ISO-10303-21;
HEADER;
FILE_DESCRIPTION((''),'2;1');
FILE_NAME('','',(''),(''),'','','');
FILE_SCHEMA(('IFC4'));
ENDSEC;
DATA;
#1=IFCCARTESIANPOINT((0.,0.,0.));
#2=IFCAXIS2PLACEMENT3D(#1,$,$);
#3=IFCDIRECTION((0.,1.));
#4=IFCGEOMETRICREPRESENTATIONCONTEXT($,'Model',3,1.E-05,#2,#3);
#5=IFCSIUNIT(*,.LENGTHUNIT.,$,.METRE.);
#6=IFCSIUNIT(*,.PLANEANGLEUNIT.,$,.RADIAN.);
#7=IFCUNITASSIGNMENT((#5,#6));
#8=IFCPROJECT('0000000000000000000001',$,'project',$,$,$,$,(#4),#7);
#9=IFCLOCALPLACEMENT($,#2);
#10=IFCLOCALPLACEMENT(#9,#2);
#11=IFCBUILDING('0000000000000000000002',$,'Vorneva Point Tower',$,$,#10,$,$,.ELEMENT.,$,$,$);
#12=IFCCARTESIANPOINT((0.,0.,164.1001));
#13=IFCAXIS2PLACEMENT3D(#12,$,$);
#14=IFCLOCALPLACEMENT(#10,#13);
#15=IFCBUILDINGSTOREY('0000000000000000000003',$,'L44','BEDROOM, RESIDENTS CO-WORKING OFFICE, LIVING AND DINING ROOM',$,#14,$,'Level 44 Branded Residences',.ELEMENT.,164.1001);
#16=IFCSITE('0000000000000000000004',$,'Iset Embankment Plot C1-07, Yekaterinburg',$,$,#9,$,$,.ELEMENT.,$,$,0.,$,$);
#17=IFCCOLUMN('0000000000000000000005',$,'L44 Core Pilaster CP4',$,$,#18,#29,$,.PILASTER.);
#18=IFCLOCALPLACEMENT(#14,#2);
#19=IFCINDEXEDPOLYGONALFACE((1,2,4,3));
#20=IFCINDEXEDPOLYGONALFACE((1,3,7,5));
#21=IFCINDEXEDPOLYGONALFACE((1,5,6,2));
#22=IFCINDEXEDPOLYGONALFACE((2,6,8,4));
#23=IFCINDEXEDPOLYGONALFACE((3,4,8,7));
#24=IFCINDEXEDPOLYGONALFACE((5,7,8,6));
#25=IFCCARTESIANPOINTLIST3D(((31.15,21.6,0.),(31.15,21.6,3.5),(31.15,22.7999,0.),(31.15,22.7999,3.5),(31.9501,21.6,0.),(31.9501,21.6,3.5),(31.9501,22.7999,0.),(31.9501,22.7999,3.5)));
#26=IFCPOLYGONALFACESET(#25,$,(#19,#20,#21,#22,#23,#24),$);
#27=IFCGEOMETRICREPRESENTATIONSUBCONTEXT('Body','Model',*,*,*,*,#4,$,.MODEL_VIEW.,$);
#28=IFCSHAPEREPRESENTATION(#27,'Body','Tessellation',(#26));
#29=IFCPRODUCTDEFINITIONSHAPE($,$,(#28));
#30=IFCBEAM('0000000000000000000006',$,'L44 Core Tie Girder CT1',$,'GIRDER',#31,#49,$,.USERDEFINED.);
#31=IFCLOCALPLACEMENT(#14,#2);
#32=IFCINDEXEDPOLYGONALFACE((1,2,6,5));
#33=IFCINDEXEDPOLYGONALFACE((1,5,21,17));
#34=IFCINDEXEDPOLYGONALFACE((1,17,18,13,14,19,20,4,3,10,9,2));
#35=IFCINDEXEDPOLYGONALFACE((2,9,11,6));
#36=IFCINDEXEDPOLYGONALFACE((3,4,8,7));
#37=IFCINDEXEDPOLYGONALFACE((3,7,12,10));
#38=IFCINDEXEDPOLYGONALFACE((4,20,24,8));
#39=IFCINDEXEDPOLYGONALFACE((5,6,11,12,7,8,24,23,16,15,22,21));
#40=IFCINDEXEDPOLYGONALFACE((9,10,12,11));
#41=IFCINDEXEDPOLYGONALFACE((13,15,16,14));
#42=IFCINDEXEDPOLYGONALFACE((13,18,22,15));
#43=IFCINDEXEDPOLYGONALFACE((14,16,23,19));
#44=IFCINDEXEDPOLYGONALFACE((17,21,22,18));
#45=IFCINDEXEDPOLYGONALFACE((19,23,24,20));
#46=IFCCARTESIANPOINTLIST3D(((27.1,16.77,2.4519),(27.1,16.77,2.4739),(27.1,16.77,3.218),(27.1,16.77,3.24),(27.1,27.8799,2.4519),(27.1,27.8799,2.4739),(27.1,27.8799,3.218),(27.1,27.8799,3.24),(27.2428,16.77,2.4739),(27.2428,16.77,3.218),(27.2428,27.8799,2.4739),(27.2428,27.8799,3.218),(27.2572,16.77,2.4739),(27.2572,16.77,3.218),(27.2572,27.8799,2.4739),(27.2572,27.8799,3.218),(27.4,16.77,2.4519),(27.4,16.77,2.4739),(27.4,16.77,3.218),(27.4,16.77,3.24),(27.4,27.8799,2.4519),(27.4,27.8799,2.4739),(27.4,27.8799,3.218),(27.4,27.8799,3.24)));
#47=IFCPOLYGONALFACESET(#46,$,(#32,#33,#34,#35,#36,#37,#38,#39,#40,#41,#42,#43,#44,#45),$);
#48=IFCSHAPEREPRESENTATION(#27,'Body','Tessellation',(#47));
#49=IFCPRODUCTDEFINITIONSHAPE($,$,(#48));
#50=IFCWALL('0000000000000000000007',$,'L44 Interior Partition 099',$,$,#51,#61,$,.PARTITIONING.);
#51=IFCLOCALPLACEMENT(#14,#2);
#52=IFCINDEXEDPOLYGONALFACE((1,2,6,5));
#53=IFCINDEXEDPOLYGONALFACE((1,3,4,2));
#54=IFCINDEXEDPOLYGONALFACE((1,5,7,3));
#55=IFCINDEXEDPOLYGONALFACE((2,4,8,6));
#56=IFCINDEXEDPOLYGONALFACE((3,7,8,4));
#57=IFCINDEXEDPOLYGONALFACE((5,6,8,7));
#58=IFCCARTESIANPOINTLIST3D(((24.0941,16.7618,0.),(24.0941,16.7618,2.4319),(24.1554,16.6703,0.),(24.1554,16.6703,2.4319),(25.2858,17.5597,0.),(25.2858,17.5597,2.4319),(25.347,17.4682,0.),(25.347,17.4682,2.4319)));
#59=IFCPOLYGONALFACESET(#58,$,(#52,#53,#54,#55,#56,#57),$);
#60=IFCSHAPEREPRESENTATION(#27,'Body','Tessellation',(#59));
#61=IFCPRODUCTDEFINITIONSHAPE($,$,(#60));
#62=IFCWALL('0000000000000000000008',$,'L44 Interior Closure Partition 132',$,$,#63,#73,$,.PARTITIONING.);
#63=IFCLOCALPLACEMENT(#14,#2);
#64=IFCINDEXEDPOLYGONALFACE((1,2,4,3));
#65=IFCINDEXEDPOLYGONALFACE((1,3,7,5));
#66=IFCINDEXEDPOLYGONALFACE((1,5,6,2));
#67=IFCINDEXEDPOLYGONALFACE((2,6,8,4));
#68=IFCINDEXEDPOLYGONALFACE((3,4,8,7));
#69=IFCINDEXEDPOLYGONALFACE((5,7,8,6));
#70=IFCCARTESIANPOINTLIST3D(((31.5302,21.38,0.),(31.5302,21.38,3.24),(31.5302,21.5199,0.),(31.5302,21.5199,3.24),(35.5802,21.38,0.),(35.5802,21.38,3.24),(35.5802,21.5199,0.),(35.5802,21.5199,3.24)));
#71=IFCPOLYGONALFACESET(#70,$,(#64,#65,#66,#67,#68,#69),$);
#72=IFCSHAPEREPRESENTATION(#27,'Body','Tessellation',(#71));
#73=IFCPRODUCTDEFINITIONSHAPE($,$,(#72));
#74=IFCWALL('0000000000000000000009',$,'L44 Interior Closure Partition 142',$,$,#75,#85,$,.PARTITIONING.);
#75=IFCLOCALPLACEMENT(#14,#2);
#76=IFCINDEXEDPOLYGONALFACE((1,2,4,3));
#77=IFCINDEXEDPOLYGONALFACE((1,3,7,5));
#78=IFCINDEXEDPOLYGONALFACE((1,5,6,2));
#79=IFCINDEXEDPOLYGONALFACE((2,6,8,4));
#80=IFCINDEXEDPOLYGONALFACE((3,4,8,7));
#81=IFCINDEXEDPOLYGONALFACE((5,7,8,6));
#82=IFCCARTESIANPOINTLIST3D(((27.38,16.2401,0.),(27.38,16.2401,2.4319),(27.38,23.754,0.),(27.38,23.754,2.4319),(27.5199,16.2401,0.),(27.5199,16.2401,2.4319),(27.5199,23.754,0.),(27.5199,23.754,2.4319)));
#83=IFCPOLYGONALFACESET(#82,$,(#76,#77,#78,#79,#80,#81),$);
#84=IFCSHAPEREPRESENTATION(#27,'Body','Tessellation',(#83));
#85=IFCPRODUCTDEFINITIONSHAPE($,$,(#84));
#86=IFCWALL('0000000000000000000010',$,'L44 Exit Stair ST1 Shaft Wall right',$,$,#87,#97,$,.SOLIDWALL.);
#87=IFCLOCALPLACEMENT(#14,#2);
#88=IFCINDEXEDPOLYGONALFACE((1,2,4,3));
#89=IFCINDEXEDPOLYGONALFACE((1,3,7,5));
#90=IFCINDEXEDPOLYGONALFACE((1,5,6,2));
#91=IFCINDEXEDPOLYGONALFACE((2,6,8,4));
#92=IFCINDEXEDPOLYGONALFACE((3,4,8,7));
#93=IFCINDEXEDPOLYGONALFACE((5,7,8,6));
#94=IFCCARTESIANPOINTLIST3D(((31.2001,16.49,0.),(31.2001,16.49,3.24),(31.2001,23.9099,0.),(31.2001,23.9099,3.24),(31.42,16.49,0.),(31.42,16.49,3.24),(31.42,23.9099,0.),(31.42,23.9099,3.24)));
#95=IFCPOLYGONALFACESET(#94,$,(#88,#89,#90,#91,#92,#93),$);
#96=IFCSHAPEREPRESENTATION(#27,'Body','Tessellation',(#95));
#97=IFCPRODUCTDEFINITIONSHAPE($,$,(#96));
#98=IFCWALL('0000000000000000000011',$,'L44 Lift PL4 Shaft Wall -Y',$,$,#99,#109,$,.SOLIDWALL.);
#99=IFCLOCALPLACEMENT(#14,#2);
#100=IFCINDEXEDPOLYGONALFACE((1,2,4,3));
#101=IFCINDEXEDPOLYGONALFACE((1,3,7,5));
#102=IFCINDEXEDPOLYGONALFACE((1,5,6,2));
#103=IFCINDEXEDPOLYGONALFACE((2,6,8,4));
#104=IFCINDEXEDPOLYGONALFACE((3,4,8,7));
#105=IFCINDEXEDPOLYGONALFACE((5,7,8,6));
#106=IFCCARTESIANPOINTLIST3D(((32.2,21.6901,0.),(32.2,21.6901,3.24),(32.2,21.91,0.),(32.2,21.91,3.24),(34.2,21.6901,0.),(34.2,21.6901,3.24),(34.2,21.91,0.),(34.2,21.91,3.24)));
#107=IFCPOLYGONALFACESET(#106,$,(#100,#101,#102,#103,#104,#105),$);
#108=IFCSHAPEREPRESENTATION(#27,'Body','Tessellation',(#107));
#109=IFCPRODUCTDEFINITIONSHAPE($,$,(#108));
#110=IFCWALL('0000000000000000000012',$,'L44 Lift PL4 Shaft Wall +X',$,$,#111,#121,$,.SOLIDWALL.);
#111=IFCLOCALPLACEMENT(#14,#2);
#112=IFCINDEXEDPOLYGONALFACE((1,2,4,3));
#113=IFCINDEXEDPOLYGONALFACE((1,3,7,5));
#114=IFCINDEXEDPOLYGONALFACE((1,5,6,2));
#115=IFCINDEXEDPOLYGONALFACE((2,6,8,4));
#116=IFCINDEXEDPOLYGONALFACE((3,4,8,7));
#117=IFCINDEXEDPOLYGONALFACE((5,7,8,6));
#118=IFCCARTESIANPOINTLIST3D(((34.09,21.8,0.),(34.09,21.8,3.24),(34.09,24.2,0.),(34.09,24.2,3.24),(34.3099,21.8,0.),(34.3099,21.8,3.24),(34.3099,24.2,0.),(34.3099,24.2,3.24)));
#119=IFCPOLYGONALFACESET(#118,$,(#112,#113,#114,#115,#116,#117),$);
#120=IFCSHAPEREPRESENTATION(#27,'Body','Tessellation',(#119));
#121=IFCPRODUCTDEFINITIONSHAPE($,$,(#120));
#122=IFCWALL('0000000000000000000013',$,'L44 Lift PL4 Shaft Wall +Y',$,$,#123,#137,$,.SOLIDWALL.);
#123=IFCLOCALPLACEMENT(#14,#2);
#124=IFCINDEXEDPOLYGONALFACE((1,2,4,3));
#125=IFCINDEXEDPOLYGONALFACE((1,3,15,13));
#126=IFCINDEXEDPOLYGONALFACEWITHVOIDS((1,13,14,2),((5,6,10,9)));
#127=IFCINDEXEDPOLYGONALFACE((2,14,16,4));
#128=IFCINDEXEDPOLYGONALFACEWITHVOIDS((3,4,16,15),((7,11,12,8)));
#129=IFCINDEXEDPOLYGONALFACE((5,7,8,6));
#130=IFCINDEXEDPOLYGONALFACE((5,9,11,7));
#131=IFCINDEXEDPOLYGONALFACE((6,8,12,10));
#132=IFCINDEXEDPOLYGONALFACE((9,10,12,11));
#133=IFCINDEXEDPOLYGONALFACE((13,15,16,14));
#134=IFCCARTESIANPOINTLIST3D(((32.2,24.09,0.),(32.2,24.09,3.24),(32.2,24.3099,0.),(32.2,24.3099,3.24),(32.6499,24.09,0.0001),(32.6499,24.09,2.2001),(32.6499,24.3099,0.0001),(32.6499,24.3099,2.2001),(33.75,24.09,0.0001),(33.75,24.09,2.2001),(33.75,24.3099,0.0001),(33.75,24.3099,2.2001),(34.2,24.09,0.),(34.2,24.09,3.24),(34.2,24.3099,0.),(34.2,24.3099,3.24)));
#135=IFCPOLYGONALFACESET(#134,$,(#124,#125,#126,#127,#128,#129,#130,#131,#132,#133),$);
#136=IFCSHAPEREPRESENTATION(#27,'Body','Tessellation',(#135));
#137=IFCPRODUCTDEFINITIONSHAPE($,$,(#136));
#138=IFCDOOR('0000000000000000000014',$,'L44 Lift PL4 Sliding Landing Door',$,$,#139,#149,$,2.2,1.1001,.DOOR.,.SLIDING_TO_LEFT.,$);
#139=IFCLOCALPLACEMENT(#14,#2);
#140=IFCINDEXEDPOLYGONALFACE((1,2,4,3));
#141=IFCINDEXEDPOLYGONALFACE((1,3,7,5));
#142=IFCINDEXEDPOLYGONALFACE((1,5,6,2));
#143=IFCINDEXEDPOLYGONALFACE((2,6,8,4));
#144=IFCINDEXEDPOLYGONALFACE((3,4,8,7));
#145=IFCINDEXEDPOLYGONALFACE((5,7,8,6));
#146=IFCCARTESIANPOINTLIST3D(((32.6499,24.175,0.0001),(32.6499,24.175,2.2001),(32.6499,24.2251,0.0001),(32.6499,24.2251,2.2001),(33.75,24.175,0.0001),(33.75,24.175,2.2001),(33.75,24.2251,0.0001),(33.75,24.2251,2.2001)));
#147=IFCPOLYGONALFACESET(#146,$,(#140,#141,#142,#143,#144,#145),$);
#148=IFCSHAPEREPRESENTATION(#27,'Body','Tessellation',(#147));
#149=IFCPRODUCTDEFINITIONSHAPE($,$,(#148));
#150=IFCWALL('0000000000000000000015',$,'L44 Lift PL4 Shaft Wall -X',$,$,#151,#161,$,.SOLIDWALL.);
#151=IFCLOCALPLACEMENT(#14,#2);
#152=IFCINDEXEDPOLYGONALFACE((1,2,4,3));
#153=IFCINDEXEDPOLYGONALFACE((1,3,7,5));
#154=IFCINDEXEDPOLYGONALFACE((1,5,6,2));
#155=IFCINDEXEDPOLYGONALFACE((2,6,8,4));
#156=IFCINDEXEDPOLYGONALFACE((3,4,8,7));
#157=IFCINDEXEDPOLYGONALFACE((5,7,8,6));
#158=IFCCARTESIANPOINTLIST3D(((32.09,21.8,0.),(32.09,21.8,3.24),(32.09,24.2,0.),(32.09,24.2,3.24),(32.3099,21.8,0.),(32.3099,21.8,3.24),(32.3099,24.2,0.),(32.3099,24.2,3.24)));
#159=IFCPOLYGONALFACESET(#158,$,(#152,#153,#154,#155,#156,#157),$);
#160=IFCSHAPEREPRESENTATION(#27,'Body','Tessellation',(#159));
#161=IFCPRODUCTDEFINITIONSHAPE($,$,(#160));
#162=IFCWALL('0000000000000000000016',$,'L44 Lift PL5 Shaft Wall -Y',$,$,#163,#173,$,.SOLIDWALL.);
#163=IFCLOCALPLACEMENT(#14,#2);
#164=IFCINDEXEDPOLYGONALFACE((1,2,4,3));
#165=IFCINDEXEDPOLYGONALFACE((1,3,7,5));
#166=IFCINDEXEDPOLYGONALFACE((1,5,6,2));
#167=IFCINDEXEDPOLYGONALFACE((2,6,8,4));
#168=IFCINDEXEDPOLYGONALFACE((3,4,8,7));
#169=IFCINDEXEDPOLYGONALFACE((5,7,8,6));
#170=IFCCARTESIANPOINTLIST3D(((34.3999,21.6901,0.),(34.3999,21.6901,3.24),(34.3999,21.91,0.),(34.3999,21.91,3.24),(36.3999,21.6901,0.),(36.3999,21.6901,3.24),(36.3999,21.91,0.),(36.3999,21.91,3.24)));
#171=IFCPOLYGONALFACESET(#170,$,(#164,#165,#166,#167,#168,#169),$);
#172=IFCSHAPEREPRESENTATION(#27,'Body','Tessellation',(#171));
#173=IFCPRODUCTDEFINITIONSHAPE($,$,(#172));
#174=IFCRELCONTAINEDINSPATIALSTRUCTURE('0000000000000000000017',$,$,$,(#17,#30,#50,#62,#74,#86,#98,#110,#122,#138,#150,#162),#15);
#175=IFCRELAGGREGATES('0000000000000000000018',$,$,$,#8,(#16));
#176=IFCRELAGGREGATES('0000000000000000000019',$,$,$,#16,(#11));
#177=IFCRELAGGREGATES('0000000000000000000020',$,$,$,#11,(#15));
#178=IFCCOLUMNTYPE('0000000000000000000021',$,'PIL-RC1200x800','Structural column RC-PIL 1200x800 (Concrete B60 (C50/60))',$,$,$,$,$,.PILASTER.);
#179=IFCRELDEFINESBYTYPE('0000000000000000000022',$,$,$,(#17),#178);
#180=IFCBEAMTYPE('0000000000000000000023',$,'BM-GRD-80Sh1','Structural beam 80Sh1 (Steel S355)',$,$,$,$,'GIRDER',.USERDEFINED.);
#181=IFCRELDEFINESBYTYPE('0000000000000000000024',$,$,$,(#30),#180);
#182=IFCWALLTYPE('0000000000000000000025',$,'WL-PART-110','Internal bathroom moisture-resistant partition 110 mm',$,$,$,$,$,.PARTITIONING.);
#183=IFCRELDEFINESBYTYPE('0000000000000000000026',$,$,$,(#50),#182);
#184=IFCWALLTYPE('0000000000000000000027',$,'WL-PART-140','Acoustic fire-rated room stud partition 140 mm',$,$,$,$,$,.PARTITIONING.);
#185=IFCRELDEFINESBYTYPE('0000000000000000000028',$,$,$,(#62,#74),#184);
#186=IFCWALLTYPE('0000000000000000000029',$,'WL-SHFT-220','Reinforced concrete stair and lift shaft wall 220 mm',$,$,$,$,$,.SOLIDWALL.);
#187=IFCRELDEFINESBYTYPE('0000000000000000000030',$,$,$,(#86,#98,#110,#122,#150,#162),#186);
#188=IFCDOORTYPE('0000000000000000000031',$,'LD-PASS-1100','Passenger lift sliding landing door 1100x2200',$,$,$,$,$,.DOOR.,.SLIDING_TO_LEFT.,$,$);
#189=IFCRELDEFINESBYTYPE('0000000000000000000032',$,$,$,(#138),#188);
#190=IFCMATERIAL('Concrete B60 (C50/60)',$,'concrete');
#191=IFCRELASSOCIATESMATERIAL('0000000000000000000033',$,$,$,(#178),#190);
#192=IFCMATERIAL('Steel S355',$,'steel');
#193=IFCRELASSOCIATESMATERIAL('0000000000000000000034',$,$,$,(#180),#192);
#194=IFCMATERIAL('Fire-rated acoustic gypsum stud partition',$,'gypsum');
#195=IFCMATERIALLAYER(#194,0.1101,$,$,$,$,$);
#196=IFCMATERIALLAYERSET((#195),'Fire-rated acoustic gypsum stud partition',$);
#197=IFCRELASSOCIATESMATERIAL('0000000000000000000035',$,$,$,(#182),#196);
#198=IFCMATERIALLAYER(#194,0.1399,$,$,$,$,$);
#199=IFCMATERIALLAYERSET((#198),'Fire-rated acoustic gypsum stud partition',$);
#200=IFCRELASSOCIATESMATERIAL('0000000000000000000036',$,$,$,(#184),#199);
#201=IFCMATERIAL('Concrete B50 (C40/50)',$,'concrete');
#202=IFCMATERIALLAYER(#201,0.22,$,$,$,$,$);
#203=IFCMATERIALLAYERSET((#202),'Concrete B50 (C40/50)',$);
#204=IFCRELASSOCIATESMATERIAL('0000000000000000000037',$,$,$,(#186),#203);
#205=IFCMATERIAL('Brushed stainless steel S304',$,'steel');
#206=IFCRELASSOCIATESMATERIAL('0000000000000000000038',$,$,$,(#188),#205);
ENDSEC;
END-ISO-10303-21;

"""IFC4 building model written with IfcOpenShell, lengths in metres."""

from ifc_helpers import new_model, si_unit, direction, frame, frame_2d, origin, origin_2d, place, context, subcontext, project, spatial, rectangle, i_section, extrude, material, layer, layer_set, material_profile, profile_set, type_object, element, fill, save


model = new_model("IFC4")

# Units and contexts
model_context = context("Model", 3, precision=1e-05, world=origin(), true_north=direction((0.0, 1.0)))
body_context = subcontext(model_context, "Body", "Model", "MODEL_VIEW")
ifc_project = project(units=[si_unit("LENGTHUNIT", "METRE"), si_unit("PLANEANGLEUNIT", "RADIAN")], contexts=[model_context])

# Site, building, storey
site_placement = place(None, origin())
site = spatial("IfcSite", under=ifc_project, at=site_placement, Name="Iset Embankment Plot C1-07, Yekaterinburg", CompositionType="ELEMENT", RefElevation=0.0)
building_placement = place(site_placement, origin())
building = spatial("IfcBuilding", under=site, at=building_placement, Name="Vorneva Point Tower", CompositionType="ELEMENT")
storey_placement = place(building_placement, frame((0.0, 0.0, 164.1001)))
storey = spatial("IfcBuildingStorey", under=building, at=storey_placement, Name="L44", Description="BEDROOM, RESIDENTS CO-WORKING OFFICE, LIVING AND DINING ROOM", LongName="Level 44 Branded Residences", CompositionType="ELEMENT", Elevation=164.1001)

# Column
ifc_material_1 = material(Name="Concrete B60 (C50/60)", Category="concrete")
ifc_material_profile_1 = material_profile(ifc_material_1, rectangle(XDim=0.8, YDim=1.2, at=origin_2d()), Name="RC-PIL 1200x800")
ifc_profile_set_1 = profile_set([ifc_material_profile_1], Name="Concrete B60 (C50/60)")
column_type = type_object("IfcColumnType", Name="PIL-RC1200x800", Description="Structural column RC-PIL 1200x800 (Concrete B60 (C50/60))", PredefinedType="PILASTER", material=ifc_profile_set_1)
column_placement = place(storey_placement, frame((31.55, 22.2, 0.0), z_axis=(0.0, 0.0, 1.0), x_axis=(1.0, 0.0, 0.0)))
element("IfcColumn", 1, at=column_placement, inside=storey, type_object=column_type, Name="L44 Core Pilaster CP4", PredefinedType="PILASTER", context=body_context, shape_type="SweptSolid", body=[
    extrude(rectangle(XDim=0.8, YDim=1.2, at=origin_2d()), origin(), (0.0, 0.0, 1.0), 3.5),
])

# Beam
ifc_material_2 = material(Name="Steel S355", Category="steel")
ifc_material_profile_2 = material_profile(ifc_material_2, i_section(OverallWidth=0.3, OverallDepth=0.7881, WebThickness=0.0144, FlangeThickness=0.022, at=origin_2d()), Name="80Sh1")
ifc_profile_set_2 = profile_set([ifc_material_profile_2], Name="Steel S355")
beam_type = type_object("IfcBeamType", Name="BM-GRD-80Sh1", Description="Structural beam 80Sh1 (Steel S355)", ElementType="GIRDER", PredefinedType="USERDEFINED", material=ifc_profile_set_2)
beam_placement = place(storey_placement, frame((27.25, 16.77, 2.8459), z_axis=(0.0, 1.0, 0.0), x_axis=(-1.0, 0.0, 0.0)))
element("IfcBeam", 2, at=beam_placement, inside=storey, type_object=beam_type, Name="L44 Core Tie Girder CT1", ObjectType="GIRDER", PredefinedType="USERDEFINED", context=body_context, shape_type="SweptSolid", body=[
    extrude(i_section(OverallWidth=0.3, OverallDepth=0.7881, WebThickness=0.0144, FlangeThickness=0.022, at=origin_2d()), origin(), (0.0, 0.0, 1.0), 11.1099),
])

# Walls
ifc_material_3 = material(Name="Fire-rated acoustic gypsum stud partition", Category="gypsum")
ifc_layer_1 = layer(ifc_material_3, 0.1101)
ifc_layer_set_1 = layer_set([ifc_layer_1], Name="Fire-rated acoustic gypsum stud partition")
wall_type_1 = type_object("IfcWallType", Name="WL-PART-110", Description="Internal bathroom moisture-resistant partition 110 mm", PredefinedType="PARTITIONING", material=ifc_layer_set_1)
wall_1_placement = place(storey_placement, frame((25.3164, 17.5139, 0.0), z_axis=(0.0, 0.0, 1.0), x_axis=(-0.830949, -0.556349, 0.0)))
element("IfcWall", 3, at=wall_1_placement, inside=storey, type_object=wall_type_1, Name="L44 Interior Partition 099", PredefinedType="PARTITIONING", context=body_context, shape_type="SweptSolid", body=[
    extrude(rectangle(XDim=1.4341, YDim=0.1101, at=frame_2d((0.717, 0.0))), origin(), (0.0, 0.0, 1.0), 2.4319),
])
ifc_layer_2 = layer(ifc_material_3, 0.1399)
ifc_layer_set_2 = layer_set([ifc_layer_2], Name="Fire-rated acoustic gypsum stud partition")
wall_type_2 = type_object("IfcWallType", Name="WL-PART-140", Description="Acoustic fire-rated room stud partition 140 mm", PredefinedType="PARTITIONING", material=ifc_layer_set_2)
wall_2_placement = place(storey_placement, frame((35.5801, 21.45, 0.0), z_axis=(0.0, 0.0, 1.0), x_axis=(-1.0, 0.0, 0.0)))
element("IfcWall", 4, at=wall_2_placement, inside=storey, type_object=wall_type_2, Name="L44 Interior Closure Partition 132", PredefinedType="PARTITIONING", context=body_context, shape_type="SweptSolid", body=[
    extrude(rectangle(XDim=4.05, YDim=0.1399, at=frame_2d((2.0249, 0.0))), origin(), (0.0, 0.0, 1.0), 3.24),
])
wall_3_placement = place(storey_placement, frame((27.45, 23.7539, 0.0), z_axis=(0.0, 0.0, 1.0), x_axis=(0.0, -1.0, 0.0)))
element("IfcWall", 5, at=wall_3_placement, inside=storey, type_object=wall_type_2, Name="L44 Interior Closure Partition 142", PredefinedType="PARTITIONING", context=body_context, shape_type="SweptSolid", body=[
    extrude(rectangle(XDim=7.5139, YDim=0.1399, at=frame_2d((3.7568, 0.0))), origin(), (0.0, 0.0, 1.0), 2.4319),
])

# Shared definitions
ifc_material_4 = material(Name="Concrete B50 (C40/50)", Category="concrete")
ifc_layer_3 = layer(ifc_material_4, 0.22)
ifc_layer_set_3 = layer_set([ifc_layer_3], Name="Concrete B50 (C40/50)")
wall_type_3 = type_object("IfcWallType", Name="WL-SHFT-220", Description="Reinforced concrete stair and lift shaft wall 220 mm", PredefinedType="SOLIDWALL", material=ifc_layer_set_3)

# Walls
wall_4_placement = place(storey_placement, frame((31.3101, 23.9099, 0.0), z_axis=(0.0, 0.0, 1.0), x_axis=(0.0, -1.0, 0.0)))
element("IfcWall", 6, at=wall_4_placement, inside=storey, type_object=wall_type_3, Name="L44 Exit Stair ST1 Shaft Wall right", PredefinedType="SOLIDWALL", context=body_context, shape_type="SweptSolid", body=[
    extrude(rectangle(XDim=7.4199, YDim=0.22, at=frame_2d((3.71, 0.0))), origin(), (0.0, 0.0, 1.0), 3.24),
])
wall_5_placement = place(storey_placement, frame((32.2, 21.8, 0.0), z_axis=(0.0, 0.0, 1.0), x_axis=(1.0, 0.0, 0.0)))
element("IfcWall", 7, at=wall_5_placement, inside=storey, type_object=wall_type_3, Name="L44 Lift PL4 Shaft Wall -Y", PredefinedType="SOLIDWALL", context=body_context, shape_type="SweptSolid", body=[
    extrude(rectangle(XDim=2.0, YDim=0.22, at=frame_2d((1.0, 0.0))), origin(), (0.0, 0.0, 1.0), 3.24),
])
wall_6_placement = place(storey_placement, frame((34.2, 21.8, 0.0), z_axis=(0.0, 0.0, 1.0), x_axis=(0.0, 1.0, 0.0)))
element("IfcWall", 8, at=wall_6_placement, inside=storey, type_object=wall_type_3, Name="L44 Lift PL4 Shaft Wall +X", PredefinedType="SOLIDWALL", context=body_context, shape_type="SweptSolid", body=[
    extrude(rectangle(XDim=2.3999, YDim=0.22, at=frame_2d((1.2, 0.0))), origin(), (0.0, 0.0, 1.0), 3.24),
])

# Wall, opening, door
wall_7_placement = place(storey_placement, frame((34.2, 24.2, 0.0), z_axis=(0.0, 0.0, 1.0), x_axis=(-1.0, 0.0, 0.0)))
wall_7 = element("IfcWall", 9, at=wall_7_placement, inside=storey, type_object=wall_type_3, Name="L44 Lift PL4 Shaft Wall +Y", PredefinedType="SOLIDWALL", context=body_context, shape_type="SweptSolid", body=[
    extrude(rectangle(XDim=2.0, YDim=0.22, at=frame_2d((1.0, 0.0))), origin(), (0.0, 0.0, 1.0), 3.24),
])
opening_1_placement = place(wall_7_placement, frame((0.45, 0.0, 0.0)))
opening_1 = element("IfcOpeningElement", 10, at=opening_1_placement, cuts=wall_7, PredefinedType="OPENING", context=body_context, shape_type="SweptSolid", body=[
    extrude(rectangle(XDim=1.1001, YDim=2.2, at=frame_2d((0.55, 1.1001))), frame((0.0, 0.125, 0.0), z_axis=(0.0, -1.0, 0.0), x_axis=(1.0, 0.0, 0.0)), (0.0, 0.0, 1.0), 0.2498),
])
ifc_material_5 = material(Name="Brushed stainless steel S304", Category="steel")
door_type_1 = type_object("IfcDoorType", Name="LD-PASS-1100", Description="Passenger lift sliding landing door 1100x2200", OperationType="SLIDING_TO_LEFT", PredefinedType="DOOR", material=ifc_material_5)
door_1_placement = place(opening_1_placement, origin())
door_1 = element("IfcDoor", 11, at=door_1_placement, inside=storey, type_object=door_type_1, Name="L44 Lift PL4 Sliding Landing Door", OperationType="SLIDING_TO_LEFT", OverallHeight=2.2, OverallWidth=1.1001, PredefinedType="DOOR", context=body_context, shape_type="SweptSolid", body=[
    extrude(rectangle(XDim=1.1001, YDim=2.2, at=frame_2d((0.55, 1.1001))), frame((0.0, 0.0249, 0.0), z_axis=(0.0, -1.0, 0.0), x_axis=(1.0, 0.0, 0.0)), (0.0, 0.0, 1.0), 0.05),
])
fill(opening_1, door_1)

# Walls
wall_8_placement = place(storey_placement, frame((32.2, 24.2, 0.0), z_axis=(0.0, 0.0, 1.0), x_axis=(0.0, -1.0, 0.0)))
element("IfcWall", 12, at=wall_8_placement, inside=storey, type_object=wall_type_3, Name="L44 Lift PL4 Shaft Wall -X", PredefinedType="SOLIDWALL", context=body_context, shape_type="SweptSolid", body=[
    extrude(rectangle(XDim=2.3999, YDim=0.22, at=frame_2d((1.2, 0.0))), origin(), (0.0, 0.0, 1.0), 3.24),
])
wall_9_placement = place(storey_placement, frame((34.3999, 21.8, 0.0), z_axis=(0.0, 0.0, 1.0), x_axis=(1.0, 0.0, 0.0)))
element("IfcWall", 13, at=wall_9_placement, inside=storey, type_object=wall_type_3, Name="L44 Lift PL5 Shaft Wall -Y", PredefinedType="SOLIDWALL", context=body_context, shape_type="SweptSolid", body=[
    extrude(rectangle(XDim=2.0, YDim=0.22, at=frame_2d((1.0, 0.0))), origin(), (0.0, 0.0, 1.0), 3.24),
])

save(model, "model.ifc")
